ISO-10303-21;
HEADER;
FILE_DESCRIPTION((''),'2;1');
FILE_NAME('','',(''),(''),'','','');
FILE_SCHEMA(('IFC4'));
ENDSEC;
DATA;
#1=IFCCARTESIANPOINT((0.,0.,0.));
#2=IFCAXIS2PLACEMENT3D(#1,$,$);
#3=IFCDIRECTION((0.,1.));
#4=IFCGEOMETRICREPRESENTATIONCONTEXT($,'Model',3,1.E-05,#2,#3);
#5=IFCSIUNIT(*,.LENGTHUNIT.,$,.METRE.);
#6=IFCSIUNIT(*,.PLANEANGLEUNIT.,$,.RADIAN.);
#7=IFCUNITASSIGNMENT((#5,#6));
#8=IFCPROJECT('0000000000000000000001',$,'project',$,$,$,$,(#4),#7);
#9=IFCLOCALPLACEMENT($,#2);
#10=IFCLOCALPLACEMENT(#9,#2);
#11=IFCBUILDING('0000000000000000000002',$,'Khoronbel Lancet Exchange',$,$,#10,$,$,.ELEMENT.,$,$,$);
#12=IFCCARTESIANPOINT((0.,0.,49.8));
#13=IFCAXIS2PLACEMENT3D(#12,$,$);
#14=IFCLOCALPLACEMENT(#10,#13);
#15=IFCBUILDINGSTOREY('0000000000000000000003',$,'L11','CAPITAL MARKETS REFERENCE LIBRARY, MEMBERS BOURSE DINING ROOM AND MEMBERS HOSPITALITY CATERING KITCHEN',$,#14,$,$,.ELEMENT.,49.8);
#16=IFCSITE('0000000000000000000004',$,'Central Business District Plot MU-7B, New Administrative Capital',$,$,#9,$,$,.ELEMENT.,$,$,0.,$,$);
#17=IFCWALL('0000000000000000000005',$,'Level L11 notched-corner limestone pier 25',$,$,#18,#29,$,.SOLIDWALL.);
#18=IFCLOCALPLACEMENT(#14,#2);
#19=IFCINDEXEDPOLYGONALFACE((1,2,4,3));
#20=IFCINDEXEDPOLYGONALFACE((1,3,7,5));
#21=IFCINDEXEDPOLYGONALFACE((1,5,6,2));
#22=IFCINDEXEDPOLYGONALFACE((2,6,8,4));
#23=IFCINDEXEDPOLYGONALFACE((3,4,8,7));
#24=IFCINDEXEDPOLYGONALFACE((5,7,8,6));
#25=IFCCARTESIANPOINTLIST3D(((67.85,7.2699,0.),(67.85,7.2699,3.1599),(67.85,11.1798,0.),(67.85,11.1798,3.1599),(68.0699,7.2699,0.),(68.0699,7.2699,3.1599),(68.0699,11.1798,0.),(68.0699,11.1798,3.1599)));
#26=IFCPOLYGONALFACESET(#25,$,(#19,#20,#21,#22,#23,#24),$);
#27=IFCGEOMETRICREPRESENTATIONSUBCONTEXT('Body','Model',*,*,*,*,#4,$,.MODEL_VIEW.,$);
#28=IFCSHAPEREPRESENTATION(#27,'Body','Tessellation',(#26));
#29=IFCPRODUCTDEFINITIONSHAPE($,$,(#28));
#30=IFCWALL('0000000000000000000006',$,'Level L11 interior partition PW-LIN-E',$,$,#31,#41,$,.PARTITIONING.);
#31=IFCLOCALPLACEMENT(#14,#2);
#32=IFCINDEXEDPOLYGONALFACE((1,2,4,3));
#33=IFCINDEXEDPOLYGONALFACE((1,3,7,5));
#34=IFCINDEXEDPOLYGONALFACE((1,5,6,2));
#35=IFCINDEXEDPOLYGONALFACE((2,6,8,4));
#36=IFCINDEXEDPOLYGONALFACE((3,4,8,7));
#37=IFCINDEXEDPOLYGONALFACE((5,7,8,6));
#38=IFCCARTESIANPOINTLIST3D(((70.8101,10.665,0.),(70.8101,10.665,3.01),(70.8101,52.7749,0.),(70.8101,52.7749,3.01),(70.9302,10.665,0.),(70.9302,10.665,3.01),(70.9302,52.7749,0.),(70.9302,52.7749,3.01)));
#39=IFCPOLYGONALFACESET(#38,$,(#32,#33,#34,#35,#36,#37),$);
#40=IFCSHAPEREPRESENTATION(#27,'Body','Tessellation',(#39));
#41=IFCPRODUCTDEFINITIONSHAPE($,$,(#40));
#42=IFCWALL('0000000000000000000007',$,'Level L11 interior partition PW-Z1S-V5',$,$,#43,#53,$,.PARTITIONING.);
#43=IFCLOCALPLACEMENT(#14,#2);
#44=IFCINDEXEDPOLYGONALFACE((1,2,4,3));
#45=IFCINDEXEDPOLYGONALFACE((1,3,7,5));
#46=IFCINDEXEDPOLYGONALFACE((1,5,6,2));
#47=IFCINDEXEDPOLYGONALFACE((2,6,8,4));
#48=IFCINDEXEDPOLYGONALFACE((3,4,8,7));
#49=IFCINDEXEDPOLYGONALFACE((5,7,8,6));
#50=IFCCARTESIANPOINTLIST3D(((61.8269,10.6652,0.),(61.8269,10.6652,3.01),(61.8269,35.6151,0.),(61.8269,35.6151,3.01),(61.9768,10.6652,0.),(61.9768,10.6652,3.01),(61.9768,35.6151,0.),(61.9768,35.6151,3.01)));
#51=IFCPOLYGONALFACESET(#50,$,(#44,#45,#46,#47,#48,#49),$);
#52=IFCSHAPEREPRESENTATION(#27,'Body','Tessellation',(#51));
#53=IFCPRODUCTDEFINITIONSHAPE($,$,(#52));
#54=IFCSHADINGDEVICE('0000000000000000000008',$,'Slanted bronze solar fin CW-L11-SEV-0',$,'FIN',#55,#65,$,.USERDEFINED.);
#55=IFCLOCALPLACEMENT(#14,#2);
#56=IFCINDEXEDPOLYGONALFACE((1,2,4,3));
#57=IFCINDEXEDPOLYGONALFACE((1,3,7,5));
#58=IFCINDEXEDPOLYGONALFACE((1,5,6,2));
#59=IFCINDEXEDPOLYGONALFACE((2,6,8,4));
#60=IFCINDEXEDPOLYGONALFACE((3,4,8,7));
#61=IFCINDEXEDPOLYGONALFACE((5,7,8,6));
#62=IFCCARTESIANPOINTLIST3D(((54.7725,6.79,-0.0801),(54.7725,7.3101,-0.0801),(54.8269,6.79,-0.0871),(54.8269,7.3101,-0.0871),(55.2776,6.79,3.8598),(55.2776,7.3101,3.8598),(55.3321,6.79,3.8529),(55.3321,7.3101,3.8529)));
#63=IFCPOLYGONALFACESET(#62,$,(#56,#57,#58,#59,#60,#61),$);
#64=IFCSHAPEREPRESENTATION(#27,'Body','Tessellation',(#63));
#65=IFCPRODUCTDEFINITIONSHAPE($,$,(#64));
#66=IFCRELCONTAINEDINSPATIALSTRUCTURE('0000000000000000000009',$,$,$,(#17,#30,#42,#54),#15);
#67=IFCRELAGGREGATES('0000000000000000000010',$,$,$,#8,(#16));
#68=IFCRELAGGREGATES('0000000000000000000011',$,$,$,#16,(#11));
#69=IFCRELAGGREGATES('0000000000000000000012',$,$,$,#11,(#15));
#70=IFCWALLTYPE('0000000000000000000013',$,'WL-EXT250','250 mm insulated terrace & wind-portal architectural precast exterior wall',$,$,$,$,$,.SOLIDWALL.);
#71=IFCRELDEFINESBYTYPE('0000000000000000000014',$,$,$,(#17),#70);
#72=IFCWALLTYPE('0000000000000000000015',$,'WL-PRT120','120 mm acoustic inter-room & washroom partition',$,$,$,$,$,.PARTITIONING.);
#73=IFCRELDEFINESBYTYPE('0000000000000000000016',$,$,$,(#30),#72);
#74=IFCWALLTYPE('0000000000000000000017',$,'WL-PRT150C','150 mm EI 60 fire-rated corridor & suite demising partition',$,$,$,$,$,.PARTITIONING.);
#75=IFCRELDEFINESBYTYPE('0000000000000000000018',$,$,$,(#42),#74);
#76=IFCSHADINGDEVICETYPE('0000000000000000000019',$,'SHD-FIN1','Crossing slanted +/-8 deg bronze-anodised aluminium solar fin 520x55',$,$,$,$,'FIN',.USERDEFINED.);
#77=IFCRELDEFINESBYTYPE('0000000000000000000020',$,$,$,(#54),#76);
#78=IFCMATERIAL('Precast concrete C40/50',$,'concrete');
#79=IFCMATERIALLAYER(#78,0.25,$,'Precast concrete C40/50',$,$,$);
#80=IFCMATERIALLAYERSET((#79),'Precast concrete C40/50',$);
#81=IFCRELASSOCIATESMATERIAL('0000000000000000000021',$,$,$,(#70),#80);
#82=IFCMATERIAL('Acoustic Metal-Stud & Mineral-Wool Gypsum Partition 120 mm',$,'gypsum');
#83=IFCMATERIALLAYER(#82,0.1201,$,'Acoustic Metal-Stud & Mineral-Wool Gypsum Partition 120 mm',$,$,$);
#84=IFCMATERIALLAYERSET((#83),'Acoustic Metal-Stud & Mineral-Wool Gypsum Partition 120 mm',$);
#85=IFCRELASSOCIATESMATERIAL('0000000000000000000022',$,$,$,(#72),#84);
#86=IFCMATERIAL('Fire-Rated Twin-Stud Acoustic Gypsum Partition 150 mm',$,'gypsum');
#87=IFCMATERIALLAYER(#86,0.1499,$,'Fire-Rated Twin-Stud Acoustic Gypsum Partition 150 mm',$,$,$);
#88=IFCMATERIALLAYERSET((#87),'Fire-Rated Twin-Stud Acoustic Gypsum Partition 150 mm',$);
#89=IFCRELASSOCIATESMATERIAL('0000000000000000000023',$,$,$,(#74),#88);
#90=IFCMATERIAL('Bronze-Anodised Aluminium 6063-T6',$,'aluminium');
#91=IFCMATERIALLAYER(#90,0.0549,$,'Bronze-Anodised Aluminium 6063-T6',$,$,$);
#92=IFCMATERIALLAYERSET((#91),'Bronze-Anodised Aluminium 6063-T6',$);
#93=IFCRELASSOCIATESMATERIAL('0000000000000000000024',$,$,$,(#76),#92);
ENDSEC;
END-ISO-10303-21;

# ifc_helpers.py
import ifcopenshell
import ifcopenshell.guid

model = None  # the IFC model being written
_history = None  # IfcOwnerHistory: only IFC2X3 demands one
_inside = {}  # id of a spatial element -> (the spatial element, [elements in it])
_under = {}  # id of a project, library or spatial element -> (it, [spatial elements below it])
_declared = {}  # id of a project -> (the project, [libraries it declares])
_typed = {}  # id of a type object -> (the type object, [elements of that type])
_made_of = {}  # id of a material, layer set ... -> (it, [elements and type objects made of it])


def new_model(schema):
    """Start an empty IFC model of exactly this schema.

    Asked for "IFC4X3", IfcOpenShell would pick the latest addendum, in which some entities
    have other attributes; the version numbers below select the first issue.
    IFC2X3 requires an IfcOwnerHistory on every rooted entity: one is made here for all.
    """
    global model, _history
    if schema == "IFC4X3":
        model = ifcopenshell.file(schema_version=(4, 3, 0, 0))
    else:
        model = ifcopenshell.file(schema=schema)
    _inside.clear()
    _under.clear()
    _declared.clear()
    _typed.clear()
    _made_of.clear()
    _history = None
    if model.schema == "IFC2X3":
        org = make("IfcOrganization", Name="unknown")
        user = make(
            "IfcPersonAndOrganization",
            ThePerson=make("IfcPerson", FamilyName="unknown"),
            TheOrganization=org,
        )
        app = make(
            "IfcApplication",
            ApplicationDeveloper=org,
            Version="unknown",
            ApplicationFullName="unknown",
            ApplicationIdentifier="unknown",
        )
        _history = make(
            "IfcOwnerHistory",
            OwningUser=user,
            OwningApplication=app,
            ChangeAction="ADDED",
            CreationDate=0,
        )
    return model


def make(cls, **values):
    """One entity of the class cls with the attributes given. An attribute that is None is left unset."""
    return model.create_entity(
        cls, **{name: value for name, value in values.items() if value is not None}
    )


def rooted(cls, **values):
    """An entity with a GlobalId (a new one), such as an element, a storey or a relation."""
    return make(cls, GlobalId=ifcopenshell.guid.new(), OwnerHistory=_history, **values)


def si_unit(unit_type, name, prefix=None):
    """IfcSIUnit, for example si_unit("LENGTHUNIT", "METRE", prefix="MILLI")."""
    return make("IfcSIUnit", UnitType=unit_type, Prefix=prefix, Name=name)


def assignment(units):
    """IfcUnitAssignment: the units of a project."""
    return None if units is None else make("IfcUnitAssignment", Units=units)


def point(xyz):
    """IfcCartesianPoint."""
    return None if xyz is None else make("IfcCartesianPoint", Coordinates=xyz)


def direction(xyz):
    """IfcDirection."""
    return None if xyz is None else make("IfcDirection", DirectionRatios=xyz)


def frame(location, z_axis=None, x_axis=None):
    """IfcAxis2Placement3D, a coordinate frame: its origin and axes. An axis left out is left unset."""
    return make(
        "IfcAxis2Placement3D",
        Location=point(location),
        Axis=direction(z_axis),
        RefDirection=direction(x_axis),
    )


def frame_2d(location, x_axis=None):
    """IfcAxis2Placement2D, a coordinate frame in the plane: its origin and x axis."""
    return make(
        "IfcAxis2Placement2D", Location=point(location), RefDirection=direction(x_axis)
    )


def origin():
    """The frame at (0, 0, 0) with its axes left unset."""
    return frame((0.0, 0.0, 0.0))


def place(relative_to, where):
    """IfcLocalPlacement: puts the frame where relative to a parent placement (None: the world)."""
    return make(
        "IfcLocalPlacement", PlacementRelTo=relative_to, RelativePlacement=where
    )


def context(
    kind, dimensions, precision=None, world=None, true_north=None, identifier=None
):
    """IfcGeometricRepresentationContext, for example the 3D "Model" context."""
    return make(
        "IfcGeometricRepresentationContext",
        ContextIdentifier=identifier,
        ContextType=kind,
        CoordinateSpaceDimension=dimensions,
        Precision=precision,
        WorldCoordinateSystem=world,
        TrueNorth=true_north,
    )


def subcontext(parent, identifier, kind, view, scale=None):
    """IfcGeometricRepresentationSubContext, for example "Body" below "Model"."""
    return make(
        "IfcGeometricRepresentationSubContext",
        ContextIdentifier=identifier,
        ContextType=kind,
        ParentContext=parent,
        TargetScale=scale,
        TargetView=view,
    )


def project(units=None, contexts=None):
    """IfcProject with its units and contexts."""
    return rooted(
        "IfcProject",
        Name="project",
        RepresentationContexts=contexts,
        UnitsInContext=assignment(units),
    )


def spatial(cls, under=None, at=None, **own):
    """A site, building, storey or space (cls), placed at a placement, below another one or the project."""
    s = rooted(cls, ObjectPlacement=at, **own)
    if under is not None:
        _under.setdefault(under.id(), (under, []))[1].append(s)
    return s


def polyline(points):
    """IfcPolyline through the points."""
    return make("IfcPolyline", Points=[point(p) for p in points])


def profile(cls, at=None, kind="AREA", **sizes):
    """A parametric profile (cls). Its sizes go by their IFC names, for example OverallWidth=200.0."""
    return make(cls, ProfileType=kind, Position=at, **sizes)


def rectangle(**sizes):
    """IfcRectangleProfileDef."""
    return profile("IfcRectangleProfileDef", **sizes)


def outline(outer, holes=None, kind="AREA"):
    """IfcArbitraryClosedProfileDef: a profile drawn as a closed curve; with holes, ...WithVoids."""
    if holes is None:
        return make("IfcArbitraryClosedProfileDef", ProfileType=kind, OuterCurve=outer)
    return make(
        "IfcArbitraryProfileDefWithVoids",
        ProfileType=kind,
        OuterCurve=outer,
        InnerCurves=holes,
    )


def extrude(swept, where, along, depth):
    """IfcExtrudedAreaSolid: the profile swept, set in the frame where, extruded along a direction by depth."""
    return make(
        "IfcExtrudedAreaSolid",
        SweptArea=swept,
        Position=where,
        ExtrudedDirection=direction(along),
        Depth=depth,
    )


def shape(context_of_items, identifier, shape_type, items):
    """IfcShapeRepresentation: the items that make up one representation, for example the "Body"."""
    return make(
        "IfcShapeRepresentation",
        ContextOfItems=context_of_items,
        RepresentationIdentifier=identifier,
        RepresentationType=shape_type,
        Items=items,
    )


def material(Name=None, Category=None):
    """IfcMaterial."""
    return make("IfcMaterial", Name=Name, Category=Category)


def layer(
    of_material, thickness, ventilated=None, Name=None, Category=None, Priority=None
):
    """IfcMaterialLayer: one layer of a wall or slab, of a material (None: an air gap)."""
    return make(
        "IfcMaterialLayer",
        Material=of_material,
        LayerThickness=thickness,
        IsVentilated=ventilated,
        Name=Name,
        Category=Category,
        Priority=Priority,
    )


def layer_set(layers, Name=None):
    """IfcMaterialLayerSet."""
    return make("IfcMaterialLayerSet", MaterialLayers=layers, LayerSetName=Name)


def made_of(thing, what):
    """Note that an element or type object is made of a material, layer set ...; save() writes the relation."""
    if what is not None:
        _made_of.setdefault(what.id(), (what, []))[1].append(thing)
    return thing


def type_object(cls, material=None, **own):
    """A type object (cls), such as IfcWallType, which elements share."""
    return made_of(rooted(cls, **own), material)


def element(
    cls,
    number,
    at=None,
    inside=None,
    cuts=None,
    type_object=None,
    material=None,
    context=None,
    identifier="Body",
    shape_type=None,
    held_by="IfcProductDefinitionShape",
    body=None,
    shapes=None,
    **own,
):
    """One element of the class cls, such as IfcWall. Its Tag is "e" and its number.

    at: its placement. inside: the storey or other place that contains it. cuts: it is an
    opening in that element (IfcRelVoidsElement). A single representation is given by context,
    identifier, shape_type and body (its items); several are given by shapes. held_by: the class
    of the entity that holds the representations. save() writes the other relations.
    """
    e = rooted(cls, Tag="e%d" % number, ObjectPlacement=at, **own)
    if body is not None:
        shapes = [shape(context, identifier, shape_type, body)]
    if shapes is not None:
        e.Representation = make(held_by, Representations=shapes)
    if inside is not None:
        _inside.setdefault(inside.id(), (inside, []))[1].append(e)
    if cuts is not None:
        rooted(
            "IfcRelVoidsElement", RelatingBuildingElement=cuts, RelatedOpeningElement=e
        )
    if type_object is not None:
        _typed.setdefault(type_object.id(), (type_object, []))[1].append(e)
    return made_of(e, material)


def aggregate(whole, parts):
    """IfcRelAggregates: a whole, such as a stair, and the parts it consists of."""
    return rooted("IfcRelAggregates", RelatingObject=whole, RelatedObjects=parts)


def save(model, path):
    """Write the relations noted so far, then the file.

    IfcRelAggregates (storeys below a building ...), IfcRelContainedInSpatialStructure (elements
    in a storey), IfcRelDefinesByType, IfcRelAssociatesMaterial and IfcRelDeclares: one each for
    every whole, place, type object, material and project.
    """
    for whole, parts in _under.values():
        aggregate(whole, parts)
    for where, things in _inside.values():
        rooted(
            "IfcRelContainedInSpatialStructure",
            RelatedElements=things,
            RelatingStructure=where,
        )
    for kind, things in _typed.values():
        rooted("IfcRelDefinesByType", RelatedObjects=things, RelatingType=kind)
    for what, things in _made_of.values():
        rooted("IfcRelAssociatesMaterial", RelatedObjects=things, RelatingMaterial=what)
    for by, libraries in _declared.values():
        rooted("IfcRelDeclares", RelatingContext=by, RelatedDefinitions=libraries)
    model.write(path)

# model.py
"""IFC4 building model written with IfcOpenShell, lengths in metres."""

from ifc_helpers import new_model, si_unit, direction, frame, frame_2d, origin, place, context, subcontext, project, spatial, polyline, rectangle, outline, extrude, material, layer, layer_set, type_object, element, save


model = new_model("IFC4")

# Units and contexts
model_context = context("Model", 3, precision=1e-05, world=origin(), true_north=direction((0.0, 1.0)))
body_context = subcontext(model_context, "Body", "Model", "MODEL_VIEW")
ifc_project = project(units=[si_unit("LENGTHUNIT", "METRE"), si_unit("PLANEANGLEUNIT", "RADIAN")], contexts=[model_context])

# Site, building, storey
site_placement = place(None, origin())
site = spatial("IfcSite", under=ifc_project, at=site_placement, Name="Central Business District Plot MU-7B, New Administrative Capital", CompositionType="ELEMENT", RefElevation=0.0)
building_placement = place(site_placement, origin())
building = spatial("IfcBuilding", under=site, at=building_placement, Name="Khoronbel Lancet Exchange", CompositionType="ELEMENT")
storey_placement = place(building_placement, frame((0.0, 0.0, 49.8)))
storey = spatial("IfcBuildingStorey", under=building, at=storey_placement, Name="L11", Description="CAPITAL MARKETS REFERENCE LIBRARY, MEMBERS BOURSE DINING ROOM AND MEMBERS HOSPITALITY CATERING KITCHEN", CompositionType="ELEMENT", Elevation=49.8)

# Shared definitions
ifc_material_1 = material(Name="Bronze-Anodised Aluminium 6063-T6", Category="aluminium")

# Walls
ifc_material_2 = material(Name="Precast concrete C40/50", Category="concrete")
ifc_layer_1 = layer(ifc_material_2, 0.25, Name="Precast concrete C40/50")
ifc_layer_set_1 = layer_set([ifc_layer_1], Name="Precast concrete C40/50")
wall_type_1 = type_object("IfcWallType", Name="WL-EXT250", Description="250 mm insulated terrace & wind-portal architectural precast exterior wall", PredefinedType="SOLIDWALL", material=ifc_layer_set_1)
wall_1_placement = place(storey_placement, frame((67.96, 11.1799, 0.0), z_axis=(0.0, 0.0, 1.0), x_axis=(0.0, -1.0, 0.0)))
element("IfcWall", 1, at=wall_1_placement, inside=storey, type_object=wall_type_1, Name="Level L11 notched-corner limestone pier 25", PredefinedType="SOLIDWALL", context=body_context, shape_type="SweptSolid", body=[
    extrude(rectangle(XDim=3.9099, YDim=0.22, at=frame_2d((1.9551, 0.0))), origin(), (0.0, 0.0, 1.0), 3.1599),
])
ifc_material_3 = material(Name="Acoustic Metal-Stud & Mineral-Wool Gypsum Partition 120 mm", Category="gypsum")
ifc_layer_2 = layer(ifc_material_3, 0.1201, Name="Acoustic Metal-Stud & Mineral-Wool Gypsum Partition 120 mm")
ifc_layer_set_2 = layer_set([ifc_layer_2], Name="Acoustic Metal-Stud & Mineral-Wool Gypsum Partition 120 mm")
wall_type_2 = type_object("IfcWallType", Name="WL-PRT120", Description="120 mm acoustic inter-room & washroom partition", PredefinedType="PARTITIONING", material=ifc_layer_set_2)
wall_2_placement = place(storey_placement, frame((70.8701, 10.665, 0.0), z_axis=(0.0, 0.0, 1.0), x_axis=(0.0, 1.0, 0.0)))
element("IfcWall", 2, at=wall_2_placement, inside=storey, type_object=wall_type_2, Name="Level L11 interior partition PW-LIN-E", PredefinedType="PARTITIONING", context=body_context, shape_type="SweptSolid", body=[
    extrude(rectangle(XDim=42.1099, YDim=0.1201, at=frame_2d((21.0549, 0.0))), origin(), (0.0, 0.0, 1.0), 3.01),
])
ifc_material_4 = material(Name="Fire-Rated Twin-Stud Acoustic Gypsum Partition 150 mm", Category="gypsum")
ifc_layer_3 = layer(ifc_material_4, 0.1499, Name="Fire-Rated Twin-Stud Acoustic Gypsum Partition 150 mm")
ifc_layer_set_3 = layer_set([ifc_layer_3], Name="Fire-Rated Twin-Stud Acoustic Gypsum Partition 150 mm")
wall_type_3 = type_object("IfcWallType", Name="WL-PRT150C", Description="150 mm EI 60 fire-rated corridor & suite demising partition", PredefinedType="PARTITIONING", material=ifc_layer_set_3)
wall_3_placement = place(storey_placement, frame((61.9019, 10.665, 0.0), z_axis=(0.0, 0.0, 1.0), x_axis=(0.0, 1.0, 0.0)))
element("IfcWall", 3, at=wall_3_placement, inside=storey, type_object=wall_type_3, Name="Level L11 interior partition PW-Z1S-V5", PredefinedType="PARTITIONING", context=body_context, shape_type="SweptSolid", body=[
    extrude(rectangle(XDim=24.95, YDim=0.1499, at=frame_2d((12.4751, 0.0))), origin(), (0.0, 0.0, 1.0), 3.01),
])

# Shading device
ifc_layer_4 = layer(ifc_material_1, 0.0549, Name="Bronze-Anodised Aluminium 6063-T6")
ifc_layer_set_4 = layer_set([ifc_layer_4], Name="Bronze-Anodised Aluminium 6063-T6")
shading_device_type = type_object("IfcShadingDeviceType", Name="SHD-FIN1", Description="Crossing slanted +/-8 deg bronze-anodised aluminium solar fin 520x55", ElementType="FIN", PredefinedType="USERDEFINED", material=ifc_layer_set_4)
shading_device_placement = place(storey_placement, frame((54.7725, 7.3101, -0.0801), z_axis=(-0.991881, 0.0, 0.127166), x_axis=(0.0, -1.0, 0.0)))
element("IfcShadingDevice", 4, at=shading_device_placement, inside=storey, type_object=shading_device_type, Name="Slanted bronze solar fin CW-L11-SEV-0", ObjectType="FIN", PredefinedType="USERDEFINED", context=body_context, shape_type="SweptSolid", body=[
    extrude(outline(polyline([(0.0, 0.0), (0.52, 0.0), (0.52, 3.9722), (0.0, 3.9722), (0.0, 0.0)])), origin(), (0.0, 0.0, -1.0), 0.0549),
])

save(model, "model.ifc")
